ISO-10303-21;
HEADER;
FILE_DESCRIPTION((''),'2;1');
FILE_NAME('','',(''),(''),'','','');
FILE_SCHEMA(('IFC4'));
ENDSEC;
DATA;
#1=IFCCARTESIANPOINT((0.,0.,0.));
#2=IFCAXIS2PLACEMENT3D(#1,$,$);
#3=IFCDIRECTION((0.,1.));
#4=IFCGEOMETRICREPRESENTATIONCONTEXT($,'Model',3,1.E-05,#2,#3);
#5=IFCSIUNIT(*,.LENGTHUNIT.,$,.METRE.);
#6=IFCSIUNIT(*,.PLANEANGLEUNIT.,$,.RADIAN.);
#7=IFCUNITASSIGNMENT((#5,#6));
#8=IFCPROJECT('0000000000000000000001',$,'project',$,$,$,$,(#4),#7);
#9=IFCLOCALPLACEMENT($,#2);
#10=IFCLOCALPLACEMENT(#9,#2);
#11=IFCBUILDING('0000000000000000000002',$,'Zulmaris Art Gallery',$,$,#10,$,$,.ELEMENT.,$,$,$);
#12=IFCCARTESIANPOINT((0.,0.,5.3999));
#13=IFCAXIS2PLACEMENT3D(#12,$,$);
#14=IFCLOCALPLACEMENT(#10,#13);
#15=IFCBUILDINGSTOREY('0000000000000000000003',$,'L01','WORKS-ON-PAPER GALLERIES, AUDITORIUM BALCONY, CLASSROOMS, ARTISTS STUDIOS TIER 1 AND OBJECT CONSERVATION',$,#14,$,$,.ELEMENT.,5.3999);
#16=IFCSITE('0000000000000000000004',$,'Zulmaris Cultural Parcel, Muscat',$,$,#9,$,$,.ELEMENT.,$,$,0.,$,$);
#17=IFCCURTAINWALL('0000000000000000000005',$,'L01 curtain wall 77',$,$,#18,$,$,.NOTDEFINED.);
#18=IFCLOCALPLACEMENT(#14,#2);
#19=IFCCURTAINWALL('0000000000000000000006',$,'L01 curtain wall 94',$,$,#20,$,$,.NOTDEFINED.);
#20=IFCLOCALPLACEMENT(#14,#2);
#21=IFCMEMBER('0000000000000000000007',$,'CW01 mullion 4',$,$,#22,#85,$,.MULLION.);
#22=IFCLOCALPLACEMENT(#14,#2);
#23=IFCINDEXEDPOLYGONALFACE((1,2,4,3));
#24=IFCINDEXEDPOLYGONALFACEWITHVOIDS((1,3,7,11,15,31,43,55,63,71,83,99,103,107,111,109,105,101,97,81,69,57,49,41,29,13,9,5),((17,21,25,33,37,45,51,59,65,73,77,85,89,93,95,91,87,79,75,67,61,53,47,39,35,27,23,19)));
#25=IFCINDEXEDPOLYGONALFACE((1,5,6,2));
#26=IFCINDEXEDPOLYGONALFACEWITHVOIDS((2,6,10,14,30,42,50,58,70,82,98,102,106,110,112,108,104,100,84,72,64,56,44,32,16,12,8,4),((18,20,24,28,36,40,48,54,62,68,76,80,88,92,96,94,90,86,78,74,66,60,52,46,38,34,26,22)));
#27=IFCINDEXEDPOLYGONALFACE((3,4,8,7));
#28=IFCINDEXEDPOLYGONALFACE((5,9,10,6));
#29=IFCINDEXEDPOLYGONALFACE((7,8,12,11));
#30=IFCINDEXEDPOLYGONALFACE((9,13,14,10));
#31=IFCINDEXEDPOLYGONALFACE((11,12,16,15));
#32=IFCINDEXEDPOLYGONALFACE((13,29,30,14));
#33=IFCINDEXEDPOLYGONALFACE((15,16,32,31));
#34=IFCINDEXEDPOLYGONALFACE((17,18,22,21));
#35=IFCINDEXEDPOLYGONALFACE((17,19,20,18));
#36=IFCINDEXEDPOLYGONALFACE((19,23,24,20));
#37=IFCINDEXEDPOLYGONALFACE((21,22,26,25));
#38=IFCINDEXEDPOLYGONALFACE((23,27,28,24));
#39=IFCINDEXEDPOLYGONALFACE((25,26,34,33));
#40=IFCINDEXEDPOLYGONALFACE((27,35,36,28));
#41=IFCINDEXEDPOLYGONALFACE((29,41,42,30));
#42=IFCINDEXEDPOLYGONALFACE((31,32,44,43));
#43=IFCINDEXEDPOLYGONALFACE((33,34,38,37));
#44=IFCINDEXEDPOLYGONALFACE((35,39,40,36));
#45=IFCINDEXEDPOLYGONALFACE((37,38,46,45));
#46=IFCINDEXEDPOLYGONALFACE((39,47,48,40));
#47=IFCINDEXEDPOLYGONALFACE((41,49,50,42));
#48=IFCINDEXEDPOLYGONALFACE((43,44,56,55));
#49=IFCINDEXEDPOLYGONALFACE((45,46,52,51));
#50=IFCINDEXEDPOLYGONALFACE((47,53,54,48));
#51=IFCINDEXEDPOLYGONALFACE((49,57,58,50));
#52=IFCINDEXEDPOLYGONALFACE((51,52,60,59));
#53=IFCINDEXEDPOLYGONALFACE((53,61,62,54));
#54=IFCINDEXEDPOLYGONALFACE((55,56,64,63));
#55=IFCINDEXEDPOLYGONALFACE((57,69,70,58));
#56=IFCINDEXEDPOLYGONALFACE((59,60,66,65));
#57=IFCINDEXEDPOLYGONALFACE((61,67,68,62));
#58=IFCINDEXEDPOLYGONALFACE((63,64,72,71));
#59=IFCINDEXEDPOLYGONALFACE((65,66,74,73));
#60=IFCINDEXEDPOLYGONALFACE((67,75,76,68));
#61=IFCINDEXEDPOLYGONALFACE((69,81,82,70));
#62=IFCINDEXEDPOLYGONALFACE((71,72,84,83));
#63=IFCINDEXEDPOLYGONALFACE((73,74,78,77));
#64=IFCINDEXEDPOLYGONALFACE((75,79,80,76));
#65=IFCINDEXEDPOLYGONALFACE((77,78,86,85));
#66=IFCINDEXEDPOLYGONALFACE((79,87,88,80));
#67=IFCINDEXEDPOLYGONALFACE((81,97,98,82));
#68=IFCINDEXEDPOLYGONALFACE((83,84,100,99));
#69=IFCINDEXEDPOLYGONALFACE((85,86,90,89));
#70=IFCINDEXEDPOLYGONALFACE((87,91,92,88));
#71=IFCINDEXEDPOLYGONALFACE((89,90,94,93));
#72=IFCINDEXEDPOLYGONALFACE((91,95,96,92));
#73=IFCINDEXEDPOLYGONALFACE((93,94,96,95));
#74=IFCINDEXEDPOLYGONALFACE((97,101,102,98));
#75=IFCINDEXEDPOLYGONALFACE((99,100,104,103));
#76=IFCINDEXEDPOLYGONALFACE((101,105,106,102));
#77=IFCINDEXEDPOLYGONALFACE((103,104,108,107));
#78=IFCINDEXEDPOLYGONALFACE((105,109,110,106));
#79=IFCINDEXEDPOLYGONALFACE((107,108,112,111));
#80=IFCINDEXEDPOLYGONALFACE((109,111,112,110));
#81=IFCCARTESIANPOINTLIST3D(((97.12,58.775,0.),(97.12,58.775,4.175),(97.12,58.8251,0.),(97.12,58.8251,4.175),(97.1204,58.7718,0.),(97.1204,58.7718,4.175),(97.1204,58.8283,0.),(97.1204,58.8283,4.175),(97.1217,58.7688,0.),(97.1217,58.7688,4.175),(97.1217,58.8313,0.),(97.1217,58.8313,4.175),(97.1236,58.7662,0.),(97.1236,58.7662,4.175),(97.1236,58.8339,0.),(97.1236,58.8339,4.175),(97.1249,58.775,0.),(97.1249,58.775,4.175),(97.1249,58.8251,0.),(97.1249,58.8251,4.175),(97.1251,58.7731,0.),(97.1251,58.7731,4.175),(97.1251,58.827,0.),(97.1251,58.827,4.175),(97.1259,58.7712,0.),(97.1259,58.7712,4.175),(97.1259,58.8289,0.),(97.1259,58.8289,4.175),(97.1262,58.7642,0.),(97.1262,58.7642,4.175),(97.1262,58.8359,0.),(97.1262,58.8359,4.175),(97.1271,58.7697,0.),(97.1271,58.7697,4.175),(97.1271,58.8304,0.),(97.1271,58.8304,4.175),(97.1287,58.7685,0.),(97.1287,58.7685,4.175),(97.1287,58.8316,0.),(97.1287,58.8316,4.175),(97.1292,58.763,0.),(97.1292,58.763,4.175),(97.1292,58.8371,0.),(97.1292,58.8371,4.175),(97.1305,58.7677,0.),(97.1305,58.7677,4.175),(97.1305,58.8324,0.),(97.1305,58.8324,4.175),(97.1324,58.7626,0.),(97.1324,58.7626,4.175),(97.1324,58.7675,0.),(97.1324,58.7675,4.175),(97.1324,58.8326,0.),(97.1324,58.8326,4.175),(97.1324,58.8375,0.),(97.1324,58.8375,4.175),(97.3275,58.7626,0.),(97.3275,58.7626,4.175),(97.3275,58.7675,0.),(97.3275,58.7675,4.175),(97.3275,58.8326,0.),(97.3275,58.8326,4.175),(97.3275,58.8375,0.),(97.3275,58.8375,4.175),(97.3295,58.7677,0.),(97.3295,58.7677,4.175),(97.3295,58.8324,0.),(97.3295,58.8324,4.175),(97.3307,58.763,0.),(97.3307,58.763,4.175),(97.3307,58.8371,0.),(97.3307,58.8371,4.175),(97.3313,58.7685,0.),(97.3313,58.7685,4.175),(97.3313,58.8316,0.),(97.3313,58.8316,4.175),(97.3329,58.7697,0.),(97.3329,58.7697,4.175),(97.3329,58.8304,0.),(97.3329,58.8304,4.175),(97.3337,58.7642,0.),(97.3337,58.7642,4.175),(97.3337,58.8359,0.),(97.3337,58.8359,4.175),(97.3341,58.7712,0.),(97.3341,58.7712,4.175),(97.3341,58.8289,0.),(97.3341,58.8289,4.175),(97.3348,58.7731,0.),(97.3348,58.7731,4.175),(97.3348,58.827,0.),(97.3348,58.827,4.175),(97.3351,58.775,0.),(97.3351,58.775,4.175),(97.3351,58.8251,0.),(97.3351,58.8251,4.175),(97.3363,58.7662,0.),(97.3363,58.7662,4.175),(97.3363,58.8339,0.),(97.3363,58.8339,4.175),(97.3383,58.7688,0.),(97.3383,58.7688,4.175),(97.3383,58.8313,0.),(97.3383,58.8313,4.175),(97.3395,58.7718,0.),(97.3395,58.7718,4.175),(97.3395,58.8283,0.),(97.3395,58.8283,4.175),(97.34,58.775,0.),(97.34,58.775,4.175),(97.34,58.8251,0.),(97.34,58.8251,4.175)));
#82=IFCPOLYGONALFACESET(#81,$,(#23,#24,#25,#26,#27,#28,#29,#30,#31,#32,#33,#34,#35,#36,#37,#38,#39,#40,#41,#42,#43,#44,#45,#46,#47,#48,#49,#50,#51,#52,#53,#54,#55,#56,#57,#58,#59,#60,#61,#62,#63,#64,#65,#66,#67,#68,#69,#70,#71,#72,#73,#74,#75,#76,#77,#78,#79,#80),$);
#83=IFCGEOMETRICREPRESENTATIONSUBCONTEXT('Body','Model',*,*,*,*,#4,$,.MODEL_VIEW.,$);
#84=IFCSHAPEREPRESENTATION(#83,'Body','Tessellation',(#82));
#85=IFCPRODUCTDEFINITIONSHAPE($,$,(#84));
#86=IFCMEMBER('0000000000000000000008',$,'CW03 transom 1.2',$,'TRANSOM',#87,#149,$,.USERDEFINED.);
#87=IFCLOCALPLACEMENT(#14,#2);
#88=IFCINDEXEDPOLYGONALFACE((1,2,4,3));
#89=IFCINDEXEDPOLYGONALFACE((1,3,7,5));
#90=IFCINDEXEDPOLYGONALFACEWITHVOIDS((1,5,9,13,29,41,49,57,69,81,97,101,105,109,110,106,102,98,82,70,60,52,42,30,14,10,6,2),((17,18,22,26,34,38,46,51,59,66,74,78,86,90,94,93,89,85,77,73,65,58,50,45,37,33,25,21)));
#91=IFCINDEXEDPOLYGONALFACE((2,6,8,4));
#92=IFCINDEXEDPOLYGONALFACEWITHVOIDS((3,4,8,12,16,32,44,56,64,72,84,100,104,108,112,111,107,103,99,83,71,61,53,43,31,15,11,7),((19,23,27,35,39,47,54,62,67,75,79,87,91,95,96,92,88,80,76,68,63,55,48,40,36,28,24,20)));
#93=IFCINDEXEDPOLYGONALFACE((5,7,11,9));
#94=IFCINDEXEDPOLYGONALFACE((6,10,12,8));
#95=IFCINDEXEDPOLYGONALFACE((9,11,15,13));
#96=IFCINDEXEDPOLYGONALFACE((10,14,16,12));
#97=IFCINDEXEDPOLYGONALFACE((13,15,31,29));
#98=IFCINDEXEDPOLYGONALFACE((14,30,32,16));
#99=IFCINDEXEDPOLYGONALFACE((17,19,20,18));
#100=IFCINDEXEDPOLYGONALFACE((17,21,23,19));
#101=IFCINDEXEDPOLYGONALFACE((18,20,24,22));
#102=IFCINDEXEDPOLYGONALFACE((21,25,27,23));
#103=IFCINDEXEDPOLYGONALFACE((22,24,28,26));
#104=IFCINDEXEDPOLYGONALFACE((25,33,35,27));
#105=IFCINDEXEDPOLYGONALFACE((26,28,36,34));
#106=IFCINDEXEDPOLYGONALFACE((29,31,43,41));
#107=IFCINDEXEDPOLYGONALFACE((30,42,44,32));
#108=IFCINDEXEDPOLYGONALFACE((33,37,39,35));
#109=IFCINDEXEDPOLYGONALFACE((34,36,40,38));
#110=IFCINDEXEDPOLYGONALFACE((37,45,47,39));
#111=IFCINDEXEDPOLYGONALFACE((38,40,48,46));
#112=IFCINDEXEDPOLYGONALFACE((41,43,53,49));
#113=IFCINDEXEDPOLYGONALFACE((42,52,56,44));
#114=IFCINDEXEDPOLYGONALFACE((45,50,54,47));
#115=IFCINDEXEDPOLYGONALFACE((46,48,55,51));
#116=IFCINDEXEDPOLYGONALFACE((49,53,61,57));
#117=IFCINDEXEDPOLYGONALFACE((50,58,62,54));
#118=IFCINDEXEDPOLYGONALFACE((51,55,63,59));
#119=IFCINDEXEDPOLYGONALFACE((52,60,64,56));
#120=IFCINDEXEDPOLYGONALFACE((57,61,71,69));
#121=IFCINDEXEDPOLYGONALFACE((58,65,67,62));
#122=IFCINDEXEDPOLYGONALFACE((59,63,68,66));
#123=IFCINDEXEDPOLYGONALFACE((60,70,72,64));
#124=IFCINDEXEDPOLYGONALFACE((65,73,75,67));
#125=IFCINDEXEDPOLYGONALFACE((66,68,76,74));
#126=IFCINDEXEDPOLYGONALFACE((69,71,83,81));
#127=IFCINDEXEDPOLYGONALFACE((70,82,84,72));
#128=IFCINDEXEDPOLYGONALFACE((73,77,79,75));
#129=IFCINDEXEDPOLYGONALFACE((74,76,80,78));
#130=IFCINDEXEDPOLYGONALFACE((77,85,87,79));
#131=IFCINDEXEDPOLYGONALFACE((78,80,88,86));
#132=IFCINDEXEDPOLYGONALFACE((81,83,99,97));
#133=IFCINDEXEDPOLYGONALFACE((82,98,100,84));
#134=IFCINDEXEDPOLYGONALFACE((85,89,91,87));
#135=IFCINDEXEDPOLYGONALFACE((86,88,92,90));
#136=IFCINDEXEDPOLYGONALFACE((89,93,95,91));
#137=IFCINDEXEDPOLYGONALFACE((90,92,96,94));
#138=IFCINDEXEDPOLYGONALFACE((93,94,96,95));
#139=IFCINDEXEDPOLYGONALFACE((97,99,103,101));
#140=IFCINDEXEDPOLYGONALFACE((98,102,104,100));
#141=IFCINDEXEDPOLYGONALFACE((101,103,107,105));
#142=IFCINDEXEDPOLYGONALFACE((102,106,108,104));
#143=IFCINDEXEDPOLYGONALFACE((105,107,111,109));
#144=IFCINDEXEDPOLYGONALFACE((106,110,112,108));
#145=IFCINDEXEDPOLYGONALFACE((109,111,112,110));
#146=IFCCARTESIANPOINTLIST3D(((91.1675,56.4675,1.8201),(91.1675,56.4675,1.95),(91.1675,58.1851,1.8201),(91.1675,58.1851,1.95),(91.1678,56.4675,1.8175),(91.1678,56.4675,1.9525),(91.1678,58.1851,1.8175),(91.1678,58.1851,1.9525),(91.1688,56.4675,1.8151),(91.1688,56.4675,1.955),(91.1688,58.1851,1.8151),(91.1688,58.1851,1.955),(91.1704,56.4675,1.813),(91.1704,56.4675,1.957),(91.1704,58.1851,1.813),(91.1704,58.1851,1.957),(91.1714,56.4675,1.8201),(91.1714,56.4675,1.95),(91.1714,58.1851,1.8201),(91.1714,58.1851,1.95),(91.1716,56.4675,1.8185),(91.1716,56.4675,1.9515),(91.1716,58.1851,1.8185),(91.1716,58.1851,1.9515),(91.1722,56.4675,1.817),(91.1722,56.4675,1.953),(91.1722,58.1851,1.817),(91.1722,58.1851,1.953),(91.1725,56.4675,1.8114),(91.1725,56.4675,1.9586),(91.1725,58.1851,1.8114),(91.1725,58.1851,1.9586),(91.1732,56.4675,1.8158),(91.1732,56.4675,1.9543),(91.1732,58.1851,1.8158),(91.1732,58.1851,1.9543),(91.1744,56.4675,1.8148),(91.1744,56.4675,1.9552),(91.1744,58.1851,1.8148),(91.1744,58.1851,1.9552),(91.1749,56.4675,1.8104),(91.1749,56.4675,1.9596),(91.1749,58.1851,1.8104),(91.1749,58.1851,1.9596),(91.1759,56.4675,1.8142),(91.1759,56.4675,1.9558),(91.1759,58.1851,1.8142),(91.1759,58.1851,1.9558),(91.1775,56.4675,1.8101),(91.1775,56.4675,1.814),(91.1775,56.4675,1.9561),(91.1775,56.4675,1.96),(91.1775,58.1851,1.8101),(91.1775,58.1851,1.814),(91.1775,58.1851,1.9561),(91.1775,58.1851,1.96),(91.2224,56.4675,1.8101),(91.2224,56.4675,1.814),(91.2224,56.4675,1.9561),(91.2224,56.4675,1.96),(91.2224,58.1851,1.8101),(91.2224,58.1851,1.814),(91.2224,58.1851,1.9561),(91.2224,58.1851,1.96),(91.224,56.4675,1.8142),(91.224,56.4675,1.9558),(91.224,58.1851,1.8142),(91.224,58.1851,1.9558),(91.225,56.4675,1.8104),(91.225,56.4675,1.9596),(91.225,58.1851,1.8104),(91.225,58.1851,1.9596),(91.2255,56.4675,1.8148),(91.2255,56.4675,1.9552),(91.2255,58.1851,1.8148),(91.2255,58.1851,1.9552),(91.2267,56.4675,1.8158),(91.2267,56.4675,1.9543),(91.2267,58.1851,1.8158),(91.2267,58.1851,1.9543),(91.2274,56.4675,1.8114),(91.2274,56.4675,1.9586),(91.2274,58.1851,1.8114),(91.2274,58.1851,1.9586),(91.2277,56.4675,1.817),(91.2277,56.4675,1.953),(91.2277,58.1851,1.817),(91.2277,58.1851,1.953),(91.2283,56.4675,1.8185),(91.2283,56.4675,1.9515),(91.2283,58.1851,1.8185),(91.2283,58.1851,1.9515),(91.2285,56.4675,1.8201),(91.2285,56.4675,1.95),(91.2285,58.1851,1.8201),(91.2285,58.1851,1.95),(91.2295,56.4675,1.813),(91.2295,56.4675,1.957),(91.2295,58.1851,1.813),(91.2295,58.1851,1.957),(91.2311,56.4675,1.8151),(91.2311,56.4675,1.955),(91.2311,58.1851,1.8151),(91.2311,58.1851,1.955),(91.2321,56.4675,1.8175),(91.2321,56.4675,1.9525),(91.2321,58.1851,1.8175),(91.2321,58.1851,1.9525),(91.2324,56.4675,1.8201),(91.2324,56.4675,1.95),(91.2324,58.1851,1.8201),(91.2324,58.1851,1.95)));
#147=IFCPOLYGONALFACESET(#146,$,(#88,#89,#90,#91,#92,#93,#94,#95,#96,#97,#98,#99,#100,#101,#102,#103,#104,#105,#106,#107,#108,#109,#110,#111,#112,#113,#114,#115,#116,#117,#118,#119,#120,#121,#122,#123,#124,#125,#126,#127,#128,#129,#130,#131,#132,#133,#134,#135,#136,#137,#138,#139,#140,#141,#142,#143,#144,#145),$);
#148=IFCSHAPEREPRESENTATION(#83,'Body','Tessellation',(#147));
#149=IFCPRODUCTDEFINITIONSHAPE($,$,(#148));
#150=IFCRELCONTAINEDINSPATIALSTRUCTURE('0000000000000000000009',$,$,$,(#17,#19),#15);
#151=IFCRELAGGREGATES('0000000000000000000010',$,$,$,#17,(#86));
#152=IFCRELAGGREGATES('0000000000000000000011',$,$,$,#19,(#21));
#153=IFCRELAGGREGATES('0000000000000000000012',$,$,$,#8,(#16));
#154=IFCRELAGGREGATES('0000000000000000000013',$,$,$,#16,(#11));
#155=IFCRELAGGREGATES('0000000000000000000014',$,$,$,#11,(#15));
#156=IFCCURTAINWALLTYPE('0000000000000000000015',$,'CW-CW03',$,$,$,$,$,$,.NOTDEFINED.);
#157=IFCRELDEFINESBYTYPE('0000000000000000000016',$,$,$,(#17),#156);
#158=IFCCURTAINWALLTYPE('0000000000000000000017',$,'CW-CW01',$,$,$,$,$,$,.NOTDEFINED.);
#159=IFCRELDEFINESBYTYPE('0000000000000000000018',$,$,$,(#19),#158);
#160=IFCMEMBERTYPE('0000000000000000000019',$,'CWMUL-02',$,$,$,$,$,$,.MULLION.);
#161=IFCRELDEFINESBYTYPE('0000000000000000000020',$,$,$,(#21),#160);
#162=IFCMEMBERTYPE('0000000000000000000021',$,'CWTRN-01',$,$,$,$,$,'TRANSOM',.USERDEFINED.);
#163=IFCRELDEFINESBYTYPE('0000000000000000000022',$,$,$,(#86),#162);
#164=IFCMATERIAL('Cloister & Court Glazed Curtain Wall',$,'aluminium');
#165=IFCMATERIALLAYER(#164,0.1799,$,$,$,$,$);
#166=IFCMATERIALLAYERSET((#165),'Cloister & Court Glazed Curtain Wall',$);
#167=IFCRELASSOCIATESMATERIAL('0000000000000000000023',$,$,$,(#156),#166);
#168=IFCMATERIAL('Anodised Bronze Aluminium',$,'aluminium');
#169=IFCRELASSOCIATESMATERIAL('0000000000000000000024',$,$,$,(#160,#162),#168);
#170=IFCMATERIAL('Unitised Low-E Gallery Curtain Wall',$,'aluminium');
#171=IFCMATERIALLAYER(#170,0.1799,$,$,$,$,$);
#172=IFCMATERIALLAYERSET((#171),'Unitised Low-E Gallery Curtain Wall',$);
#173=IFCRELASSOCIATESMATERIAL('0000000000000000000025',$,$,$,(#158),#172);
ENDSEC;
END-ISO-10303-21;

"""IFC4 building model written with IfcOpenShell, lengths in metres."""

from ifc_helpers import new_model, si_unit, direction, frame, origin, origin_2d, place, context, subcontext, project, spatial, hollow_rectangle, extrude, material, layer, layer_set, material_profile, profile_set, type_object, element, aggregate, save


model = new_model("IFC4")

# Units and contexts
model_context = context("Model", 3, precision=1e-05, world=origin(), true_north=direction((0.0, 1.0)))
body_context = subcontext(model_context, "Body", "Model", "MODEL_VIEW")
ifc_project = project(units=[si_unit("LENGTHUNIT", "METRE"), si_unit("PLANEANGLEUNIT", "RADIAN")], contexts=[model_context])

# Site, building, storey
site_placement = place(None, origin())
site = spatial("IfcSite", under=ifc_project, at=site_placement, Name="Zulmaris Cultural Parcel, Muscat", CompositionType="ELEMENT", RefElevation=0.0)
building_placement = place(site_placement, origin())
building = spatial("IfcBuilding", under=site, at=building_placement, Name="Zulmaris Art Gallery", CompositionType="ELEMENT")
storey_placement = place(building_placement, frame((0.0, 0.0, 5.3999)))
storey = spatial("IfcBuildingStorey", under=building, at=storey_placement, Name="L01", Description="WORKS-ON-PAPER GALLERIES, AUDITORIUM BALCONY, CLASSROOMS, ARTISTS STUDIOS TIER 1 AND OBJECT CONSERVATION", CompositionType="ELEMENT", Elevation=5.3999)

# Curtain wall
ifc_material_1 = material(Name="Cloister & Court Glazed Curtain Wall", Category="aluminium")
ifc_layer_1 = layer(ifc_material_1, 0.1799)
ifc_layer_set_1 = layer_set([ifc_layer_1], Name="Cloister & Court Glazed Curtain Wall")
curtain_wall_type_1 = type_object("IfcCurtainWallType", Name="CW-CW03", PredefinedType="NOTDEFINED", material=ifc_layer_set_1)
ifc_material_2 = material(Name="Anodised Bronze Aluminium", Category="aluminium")
ifc_material_profile_1 = material_profile(ifc_material_2, hollow_rectangle(XDim=0.075, YDim=0.22, WallThickness=0.0049, InnerFilletRadius=0.0076, OuterFilletRadius=0.0125, at=origin_2d()), Name="ALU 75x220x5")
ifc_profile_set_1 = profile_set([ifc_material_profile_1], Name="Anodised Bronze Aluminium")
member_type_1 = type_object("IfcMemberType", Name="CWMUL-02", PredefinedType="MULLION", material=ifc_profile_set_1)
curtain_wall_1_placement = place(storey_placement, origin())
curtain_wall_1 = element("IfcCurtainWall", 1, at=curtain_wall_1_placement, inside=storey, type_object=curtain_wall_type_1, Name="L01 curtain wall 77", PredefinedType="NOTDEFINED")

# Curtain wall, member
ifc_material_3 = material(Name="Unitised Low-E Gallery Curtain Wall", Category="aluminium")
ifc_layer_2 = layer(ifc_material_3, 0.1799)
ifc_layer_set_2 = layer_set([ifc_layer_2], Name="Unitised Low-E Gallery Curtain Wall")
curtain_wall_type_2 = type_object("IfcCurtainWallType", Name="CW-CW01", PredefinedType="NOTDEFINED", material=ifc_layer_set_2)
curtain_wall_2_placement = place(storey_placement, origin())
curtain_wall_2 = element("IfcCurtainWall", 2, at=curtain_wall_2_placement, inside=storey, type_object=curtain_wall_type_2, Name="L01 curtain wall 94", PredefinedType="NOTDEFINED")
member_1_placement = place(storey_placement, frame((97.23, 58.8, 0.0), z_axis=(0.0, 0.0, 1.0), x_axis=(0.0, 1.0, 0.0)))
member_1 = element("IfcMember", 3, at=member_1_placement, type_object=member_type_1, Name="CW01 mullion 4", PredefinedType="MULLION", context=body_context, shape_type="SweptSolid", body=[
    extrude(hollow_rectangle(XDim=0.075, YDim=0.22, WallThickness=0.0049, InnerFilletRadius=0.0076, OuterFilletRadius=0.0125, at=origin_2d()), origin(), (0.0, 0.0, 1.0), 4.175),
])

# Member
ifc_material_profile_2 = material_profile(ifc_material_2, hollow_rectangle(XDim=0.0649, YDim=0.1499, WallThickness=0.0039, InnerFilletRadius=0.0061, OuterFilletRadius=0.01, at=origin_2d()), Name="ALU 65x150x4")
ifc_profile_set_2 = profile_set([ifc_material_profile_2], Name="Anodised Bronze Aluminium")
member_type_2 = type_object("IfcMemberType", Name="CWTRN-01", ElementType="TRANSOM", PredefinedType="USERDEFINED", material=ifc_profile_set_2)
member_2_placement = place(storey_placement, frame((91.2, 58.1851, 1.885), z_axis=(0.0, -1.0, 0.0), x_axis=(1.0, 0.0, 0.0)))
member_2 = element("IfcMember", 4, at=member_2_placement, type_object=member_type_2, Name="CW03 transom 1.2", ObjectType="TRANSOM", PredefinedType="USERDEFINED", context=body_context, shape_type="SweptSolid", body=[
    extrude(hollow_rectangle(XDim=0.0649, YDim=0.1499, WallThickness=0.0039, InnerFilletRadius=0.0061, OuterFilletRadius=0.01, at=origin_2d()), origin(), (0.0, 0.0, 1.0), 1.7175),
])
aggregate(curtain_wall_1, [member_2])

aggregate(curtain_wall_2, [member_1])

save(model, "model.ifc")
